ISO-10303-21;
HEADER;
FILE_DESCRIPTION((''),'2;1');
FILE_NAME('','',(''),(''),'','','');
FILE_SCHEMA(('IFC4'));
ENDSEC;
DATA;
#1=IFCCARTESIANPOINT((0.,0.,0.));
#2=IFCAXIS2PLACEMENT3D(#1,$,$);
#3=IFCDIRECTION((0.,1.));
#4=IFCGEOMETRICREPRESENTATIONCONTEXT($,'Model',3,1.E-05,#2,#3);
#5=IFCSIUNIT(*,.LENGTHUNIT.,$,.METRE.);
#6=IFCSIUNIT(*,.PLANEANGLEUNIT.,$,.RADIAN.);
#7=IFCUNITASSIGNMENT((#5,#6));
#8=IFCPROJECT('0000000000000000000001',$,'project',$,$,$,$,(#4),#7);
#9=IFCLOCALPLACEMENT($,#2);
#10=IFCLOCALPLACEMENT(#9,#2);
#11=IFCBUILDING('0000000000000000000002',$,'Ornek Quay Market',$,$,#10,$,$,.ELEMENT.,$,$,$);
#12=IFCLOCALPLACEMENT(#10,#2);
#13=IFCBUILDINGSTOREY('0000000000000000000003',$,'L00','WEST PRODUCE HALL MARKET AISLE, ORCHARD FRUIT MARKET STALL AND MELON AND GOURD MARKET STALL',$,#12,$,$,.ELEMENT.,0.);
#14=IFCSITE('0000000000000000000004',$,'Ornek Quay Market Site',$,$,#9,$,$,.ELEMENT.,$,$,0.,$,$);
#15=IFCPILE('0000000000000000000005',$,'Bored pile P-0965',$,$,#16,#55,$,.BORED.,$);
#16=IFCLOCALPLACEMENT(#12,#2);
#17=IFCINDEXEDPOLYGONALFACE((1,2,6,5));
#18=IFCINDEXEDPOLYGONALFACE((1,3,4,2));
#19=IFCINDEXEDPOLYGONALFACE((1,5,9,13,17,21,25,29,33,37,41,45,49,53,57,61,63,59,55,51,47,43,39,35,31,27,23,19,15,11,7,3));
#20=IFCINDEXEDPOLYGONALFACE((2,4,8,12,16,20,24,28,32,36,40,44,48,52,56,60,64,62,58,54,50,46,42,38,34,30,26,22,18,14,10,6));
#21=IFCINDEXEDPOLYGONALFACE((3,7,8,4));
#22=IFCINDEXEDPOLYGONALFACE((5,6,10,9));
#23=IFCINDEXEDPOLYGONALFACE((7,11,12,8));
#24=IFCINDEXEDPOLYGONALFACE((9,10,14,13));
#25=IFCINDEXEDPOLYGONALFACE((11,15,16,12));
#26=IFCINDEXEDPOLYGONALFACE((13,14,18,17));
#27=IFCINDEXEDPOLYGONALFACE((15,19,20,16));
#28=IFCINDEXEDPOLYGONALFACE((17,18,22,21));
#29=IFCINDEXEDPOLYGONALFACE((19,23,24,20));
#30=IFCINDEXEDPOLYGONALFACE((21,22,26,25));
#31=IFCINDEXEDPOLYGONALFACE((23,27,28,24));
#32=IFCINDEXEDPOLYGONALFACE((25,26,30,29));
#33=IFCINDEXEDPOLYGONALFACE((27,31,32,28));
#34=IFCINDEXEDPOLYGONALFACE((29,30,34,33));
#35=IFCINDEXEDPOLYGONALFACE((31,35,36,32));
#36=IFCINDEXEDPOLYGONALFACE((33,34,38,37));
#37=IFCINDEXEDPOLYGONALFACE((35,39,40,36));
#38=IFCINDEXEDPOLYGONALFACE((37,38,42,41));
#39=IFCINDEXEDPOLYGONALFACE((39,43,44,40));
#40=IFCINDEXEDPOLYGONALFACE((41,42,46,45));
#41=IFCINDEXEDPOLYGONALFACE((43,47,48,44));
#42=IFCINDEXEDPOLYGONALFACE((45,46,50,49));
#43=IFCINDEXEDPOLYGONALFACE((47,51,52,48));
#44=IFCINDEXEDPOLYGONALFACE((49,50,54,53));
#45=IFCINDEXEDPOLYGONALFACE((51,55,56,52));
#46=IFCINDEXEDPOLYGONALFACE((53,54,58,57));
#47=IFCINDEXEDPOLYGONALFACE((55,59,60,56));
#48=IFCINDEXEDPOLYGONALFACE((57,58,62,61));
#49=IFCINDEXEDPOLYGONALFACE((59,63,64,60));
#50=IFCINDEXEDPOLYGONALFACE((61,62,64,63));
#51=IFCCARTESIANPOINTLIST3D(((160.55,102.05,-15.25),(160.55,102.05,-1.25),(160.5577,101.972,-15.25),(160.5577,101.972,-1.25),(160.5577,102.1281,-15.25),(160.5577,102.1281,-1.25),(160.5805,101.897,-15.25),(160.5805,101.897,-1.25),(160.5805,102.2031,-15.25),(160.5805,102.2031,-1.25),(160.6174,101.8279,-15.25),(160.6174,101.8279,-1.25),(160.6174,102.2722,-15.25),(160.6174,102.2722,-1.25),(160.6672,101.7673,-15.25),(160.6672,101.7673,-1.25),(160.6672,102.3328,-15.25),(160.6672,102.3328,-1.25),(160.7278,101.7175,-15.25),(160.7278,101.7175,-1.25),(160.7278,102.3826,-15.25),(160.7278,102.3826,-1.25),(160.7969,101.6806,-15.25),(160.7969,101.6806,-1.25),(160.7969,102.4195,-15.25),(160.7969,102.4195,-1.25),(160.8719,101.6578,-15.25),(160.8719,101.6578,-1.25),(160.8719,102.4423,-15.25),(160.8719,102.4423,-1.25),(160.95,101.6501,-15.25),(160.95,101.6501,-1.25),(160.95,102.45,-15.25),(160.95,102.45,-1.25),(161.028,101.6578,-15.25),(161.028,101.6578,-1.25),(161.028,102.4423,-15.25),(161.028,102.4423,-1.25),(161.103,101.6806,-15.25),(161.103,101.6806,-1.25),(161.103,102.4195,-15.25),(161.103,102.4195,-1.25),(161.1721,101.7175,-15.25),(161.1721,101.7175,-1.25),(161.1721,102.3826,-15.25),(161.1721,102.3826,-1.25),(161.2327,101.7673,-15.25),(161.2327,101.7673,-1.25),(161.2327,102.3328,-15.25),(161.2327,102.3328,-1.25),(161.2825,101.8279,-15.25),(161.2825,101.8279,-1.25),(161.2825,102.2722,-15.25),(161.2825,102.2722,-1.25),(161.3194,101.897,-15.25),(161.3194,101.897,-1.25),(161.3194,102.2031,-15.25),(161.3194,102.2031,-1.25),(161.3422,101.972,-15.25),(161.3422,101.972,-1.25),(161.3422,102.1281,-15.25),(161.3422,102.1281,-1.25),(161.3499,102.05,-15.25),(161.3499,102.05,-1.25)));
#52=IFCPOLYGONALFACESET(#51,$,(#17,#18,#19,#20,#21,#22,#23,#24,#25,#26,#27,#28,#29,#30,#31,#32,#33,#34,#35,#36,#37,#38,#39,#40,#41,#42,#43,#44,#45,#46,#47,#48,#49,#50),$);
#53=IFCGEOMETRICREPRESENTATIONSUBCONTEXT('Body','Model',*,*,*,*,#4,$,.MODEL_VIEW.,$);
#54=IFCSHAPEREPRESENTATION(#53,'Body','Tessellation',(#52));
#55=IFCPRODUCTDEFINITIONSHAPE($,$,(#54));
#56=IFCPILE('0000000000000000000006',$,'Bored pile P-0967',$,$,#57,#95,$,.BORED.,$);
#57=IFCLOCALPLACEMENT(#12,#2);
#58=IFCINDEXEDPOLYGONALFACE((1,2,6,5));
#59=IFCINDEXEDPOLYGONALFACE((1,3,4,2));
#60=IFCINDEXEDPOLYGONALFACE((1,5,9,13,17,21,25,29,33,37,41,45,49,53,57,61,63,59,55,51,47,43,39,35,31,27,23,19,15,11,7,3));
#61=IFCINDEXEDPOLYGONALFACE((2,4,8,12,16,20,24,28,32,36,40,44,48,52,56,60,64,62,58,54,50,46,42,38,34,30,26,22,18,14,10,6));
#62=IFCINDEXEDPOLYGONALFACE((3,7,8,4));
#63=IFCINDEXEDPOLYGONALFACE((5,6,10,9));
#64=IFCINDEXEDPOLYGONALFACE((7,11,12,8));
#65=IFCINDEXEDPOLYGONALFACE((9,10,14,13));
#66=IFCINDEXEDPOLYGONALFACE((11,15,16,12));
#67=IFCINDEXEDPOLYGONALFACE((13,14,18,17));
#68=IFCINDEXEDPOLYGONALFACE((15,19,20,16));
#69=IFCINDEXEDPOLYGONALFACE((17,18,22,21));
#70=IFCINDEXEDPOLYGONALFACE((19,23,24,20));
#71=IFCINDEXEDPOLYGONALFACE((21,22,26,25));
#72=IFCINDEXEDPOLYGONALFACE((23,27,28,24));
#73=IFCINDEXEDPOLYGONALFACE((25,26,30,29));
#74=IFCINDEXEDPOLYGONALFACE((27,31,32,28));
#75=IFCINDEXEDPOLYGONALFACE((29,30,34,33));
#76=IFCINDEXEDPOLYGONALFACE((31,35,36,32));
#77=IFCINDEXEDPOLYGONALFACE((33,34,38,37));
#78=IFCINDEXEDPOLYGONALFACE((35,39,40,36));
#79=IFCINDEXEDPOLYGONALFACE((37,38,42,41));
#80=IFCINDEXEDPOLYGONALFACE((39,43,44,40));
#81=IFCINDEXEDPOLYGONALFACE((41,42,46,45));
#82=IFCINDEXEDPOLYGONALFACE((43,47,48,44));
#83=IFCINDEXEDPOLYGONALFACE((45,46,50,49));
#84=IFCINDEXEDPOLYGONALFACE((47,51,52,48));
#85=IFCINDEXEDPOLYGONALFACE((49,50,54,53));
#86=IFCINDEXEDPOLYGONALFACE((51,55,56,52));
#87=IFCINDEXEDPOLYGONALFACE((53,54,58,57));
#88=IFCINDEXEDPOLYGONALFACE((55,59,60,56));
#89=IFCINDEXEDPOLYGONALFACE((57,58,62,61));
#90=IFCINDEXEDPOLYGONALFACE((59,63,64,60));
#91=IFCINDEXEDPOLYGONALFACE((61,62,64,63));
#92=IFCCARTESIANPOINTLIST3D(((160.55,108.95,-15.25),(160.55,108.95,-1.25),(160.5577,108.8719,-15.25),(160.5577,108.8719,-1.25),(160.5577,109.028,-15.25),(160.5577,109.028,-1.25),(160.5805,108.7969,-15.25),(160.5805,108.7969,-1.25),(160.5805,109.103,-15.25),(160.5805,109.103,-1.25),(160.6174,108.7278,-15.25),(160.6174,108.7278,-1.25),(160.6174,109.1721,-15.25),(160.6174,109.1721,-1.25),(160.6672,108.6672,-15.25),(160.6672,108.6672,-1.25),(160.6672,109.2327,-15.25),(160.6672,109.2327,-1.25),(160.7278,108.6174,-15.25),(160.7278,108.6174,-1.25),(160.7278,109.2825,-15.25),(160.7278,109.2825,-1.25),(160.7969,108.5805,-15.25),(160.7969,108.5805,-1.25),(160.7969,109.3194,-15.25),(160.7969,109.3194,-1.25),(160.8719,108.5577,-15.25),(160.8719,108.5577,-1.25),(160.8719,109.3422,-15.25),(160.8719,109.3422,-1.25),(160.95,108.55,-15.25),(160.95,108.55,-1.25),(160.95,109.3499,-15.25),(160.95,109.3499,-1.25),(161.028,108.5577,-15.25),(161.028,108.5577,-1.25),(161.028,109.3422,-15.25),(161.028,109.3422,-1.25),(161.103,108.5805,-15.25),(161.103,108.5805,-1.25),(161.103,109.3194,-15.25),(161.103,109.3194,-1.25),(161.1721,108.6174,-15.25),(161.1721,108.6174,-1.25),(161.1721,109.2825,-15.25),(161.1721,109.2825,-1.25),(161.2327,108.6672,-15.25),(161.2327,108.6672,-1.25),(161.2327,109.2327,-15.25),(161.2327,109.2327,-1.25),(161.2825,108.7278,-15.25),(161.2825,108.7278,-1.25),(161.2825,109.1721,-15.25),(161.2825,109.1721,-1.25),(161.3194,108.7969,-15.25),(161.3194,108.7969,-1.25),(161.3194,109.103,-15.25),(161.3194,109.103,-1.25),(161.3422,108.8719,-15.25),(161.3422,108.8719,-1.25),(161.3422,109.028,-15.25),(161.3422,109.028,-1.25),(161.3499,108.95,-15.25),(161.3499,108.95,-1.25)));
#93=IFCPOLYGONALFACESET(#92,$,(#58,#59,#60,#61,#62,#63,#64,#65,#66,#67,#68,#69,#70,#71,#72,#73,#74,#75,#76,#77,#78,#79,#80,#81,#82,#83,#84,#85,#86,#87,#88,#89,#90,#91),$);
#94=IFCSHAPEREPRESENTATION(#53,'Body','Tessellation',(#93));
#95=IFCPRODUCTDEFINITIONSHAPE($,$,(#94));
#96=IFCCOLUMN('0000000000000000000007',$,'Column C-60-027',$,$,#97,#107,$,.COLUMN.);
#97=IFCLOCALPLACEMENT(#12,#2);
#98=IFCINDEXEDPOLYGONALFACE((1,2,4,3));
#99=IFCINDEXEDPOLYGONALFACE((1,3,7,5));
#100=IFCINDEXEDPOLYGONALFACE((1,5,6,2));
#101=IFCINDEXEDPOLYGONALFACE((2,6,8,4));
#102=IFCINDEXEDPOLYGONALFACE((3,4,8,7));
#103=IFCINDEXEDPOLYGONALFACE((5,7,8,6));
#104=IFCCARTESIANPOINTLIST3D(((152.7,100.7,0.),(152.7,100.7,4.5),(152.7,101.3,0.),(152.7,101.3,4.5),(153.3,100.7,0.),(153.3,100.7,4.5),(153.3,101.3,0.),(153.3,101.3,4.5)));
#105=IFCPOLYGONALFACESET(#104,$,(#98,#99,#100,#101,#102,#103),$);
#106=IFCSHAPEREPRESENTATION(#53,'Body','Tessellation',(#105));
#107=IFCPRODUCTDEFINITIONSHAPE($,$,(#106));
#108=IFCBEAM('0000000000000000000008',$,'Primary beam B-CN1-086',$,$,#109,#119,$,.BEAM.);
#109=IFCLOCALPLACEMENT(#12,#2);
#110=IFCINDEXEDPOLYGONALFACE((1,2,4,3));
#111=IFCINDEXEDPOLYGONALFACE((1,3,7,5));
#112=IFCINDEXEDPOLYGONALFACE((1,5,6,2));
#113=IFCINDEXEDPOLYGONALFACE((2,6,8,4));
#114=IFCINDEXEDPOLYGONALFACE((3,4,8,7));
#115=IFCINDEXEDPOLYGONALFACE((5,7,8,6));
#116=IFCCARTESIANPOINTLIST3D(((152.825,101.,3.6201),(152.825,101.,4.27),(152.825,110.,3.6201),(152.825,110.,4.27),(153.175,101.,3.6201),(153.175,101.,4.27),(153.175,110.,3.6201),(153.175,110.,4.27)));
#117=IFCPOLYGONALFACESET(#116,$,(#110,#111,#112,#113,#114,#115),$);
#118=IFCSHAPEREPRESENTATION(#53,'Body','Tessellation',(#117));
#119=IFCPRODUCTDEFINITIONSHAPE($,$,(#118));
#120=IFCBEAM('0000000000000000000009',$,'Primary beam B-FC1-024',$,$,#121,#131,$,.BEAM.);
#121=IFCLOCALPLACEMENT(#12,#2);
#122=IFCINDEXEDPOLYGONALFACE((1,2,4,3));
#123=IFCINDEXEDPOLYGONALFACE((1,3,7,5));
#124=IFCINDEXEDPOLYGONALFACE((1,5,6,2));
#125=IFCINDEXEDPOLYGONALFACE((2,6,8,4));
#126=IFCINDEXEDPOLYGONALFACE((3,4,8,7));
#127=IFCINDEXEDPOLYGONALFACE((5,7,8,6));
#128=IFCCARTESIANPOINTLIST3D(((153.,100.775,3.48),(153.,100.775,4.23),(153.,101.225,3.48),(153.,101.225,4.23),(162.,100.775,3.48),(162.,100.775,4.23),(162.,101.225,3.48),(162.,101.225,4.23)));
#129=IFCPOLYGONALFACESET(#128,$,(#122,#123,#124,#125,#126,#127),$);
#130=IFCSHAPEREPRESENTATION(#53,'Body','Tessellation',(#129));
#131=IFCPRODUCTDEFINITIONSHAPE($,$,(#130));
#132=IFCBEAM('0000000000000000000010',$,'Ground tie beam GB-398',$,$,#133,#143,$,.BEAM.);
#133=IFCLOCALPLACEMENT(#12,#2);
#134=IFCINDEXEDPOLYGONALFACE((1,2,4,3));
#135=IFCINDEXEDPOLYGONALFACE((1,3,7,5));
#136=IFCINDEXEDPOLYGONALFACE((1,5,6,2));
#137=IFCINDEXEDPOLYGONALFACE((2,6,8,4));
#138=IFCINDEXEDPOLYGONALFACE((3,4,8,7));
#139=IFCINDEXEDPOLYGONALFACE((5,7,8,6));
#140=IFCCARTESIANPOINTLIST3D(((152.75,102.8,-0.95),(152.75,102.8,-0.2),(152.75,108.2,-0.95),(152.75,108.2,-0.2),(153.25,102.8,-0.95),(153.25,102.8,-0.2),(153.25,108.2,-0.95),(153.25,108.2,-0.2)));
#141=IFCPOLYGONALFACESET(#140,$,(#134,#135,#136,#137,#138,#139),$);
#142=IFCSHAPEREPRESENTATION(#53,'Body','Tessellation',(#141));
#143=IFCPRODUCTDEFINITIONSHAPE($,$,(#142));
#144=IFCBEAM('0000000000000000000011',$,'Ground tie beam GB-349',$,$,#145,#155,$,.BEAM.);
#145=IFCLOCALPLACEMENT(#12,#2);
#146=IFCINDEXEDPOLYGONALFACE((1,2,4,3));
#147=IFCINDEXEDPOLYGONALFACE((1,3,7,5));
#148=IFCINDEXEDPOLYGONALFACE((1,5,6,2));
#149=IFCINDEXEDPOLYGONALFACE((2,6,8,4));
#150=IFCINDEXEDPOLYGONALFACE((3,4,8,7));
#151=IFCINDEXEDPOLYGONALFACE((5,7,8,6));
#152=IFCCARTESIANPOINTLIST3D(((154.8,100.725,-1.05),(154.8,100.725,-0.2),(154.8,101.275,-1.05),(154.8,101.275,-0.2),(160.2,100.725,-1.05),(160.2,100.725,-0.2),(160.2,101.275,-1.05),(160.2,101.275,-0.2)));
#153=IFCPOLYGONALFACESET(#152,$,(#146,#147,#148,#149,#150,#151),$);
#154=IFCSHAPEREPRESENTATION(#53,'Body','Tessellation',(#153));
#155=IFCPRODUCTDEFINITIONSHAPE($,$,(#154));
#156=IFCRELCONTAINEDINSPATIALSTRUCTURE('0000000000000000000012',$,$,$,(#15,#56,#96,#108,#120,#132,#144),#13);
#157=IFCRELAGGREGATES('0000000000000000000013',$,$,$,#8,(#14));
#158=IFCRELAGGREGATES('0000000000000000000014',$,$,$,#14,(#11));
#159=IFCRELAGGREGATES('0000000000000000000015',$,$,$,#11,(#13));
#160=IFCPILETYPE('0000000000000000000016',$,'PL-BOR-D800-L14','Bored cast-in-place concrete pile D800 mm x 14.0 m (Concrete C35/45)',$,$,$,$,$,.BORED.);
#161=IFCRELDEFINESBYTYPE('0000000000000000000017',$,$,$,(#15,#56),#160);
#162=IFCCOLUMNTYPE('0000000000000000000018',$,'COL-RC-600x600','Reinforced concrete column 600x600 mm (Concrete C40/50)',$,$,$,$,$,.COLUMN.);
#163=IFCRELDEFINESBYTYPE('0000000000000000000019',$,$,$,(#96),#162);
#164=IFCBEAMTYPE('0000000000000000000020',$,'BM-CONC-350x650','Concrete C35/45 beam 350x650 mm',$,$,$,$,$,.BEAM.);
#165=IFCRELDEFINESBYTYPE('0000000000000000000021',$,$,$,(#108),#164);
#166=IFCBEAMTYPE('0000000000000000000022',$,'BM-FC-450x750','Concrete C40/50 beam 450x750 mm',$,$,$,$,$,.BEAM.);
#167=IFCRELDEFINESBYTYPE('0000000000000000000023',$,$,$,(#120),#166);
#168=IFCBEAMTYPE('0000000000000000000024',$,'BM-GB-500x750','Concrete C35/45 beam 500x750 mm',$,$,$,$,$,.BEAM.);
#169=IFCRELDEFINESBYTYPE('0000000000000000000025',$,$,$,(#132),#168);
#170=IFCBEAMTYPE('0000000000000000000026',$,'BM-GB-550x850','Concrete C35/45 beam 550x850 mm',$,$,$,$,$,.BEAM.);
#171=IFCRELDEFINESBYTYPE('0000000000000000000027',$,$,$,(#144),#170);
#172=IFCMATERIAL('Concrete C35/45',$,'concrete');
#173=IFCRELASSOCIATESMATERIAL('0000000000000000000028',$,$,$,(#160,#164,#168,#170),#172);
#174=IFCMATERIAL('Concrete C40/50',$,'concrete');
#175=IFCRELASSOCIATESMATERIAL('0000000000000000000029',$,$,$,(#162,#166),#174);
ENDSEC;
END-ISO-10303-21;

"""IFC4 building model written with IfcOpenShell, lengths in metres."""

from ifc_helpers import new_model, si_unit, direction, frame, origin, origin_2d, place, context, subcontext, project, spatial, rectangle, circle, extrude, material, material_profile, profile_set, type_object, element, save


model = new_model("IFC4")

# Units and contexts
model_context = context("Model", 3, precision=1e-05, world=origin(), true_north=direction((0.0, 1.0)))
body_context = subcontext(model_context, "Body", "Model", "MODEL_VIEW")
ifc_project = project(units=[si_unit("LENGTHUNIT", "METRE"), si_unit("PLANEANGLEUNIT", "RADIAN")], contexts=[model_context])

# Site, building, storey
site_placement = place(None, origin())
site = spatial("IfcSite", under=ifc_project, at=site_placement, Name="Ornek Quay Market Site", CompositionType="ELEMENT", RefElevation=0.0)
building_placement = place(site_placement, origin())
building = spatial("IfcBuilding", under=site, at=building_placement, Name="Ornek Quay Market", CompositionType="ELEMENT")
storey_placement = place(building_placement, origin())
storey = spatial("IfcBuildingStorey", under=building, at=storey_placement, Name="L00", Description="WEST PRODUCE HALL MARKET AISLE, ORCHARD FRUIT MARKET STALL AND MELON AND GOURD MARKET STALL", CompositionType="ELEMENT", Elevation=0.0)

# Piles
ifc_material_1 = material(Name="Concrete C35/45", Category="concrete")
ifc_material_profile_1 = material_profile(ifc_material_1, circle(Radius=0.3999, at=origin_2d()), Name="PILE D800", Category="concrete")
ifc_profile_set_1 = profile_set([ifc_material_profile_1], Name="Concrete C35/45")
pile_type = type_object("IfcPileType", Name="PL-BOR-D800-L14", Description="Bored cast-in-place concrete pile D800 mm x 14.0 m (Concrete C35/45)", PredefinedType="BORED", material=ifc_profile_set_1)
for number, where, z_axis, x_axis, name in (
    (1, (160.95, 102.05, -1.25), (0.0, 0.0, -1.0), (1.0, 0.0, 0.0), "Bored pile P-0965"),
    (2, (160.95, 108.95, -1.25), (0.0, 0.0, -1.0), (1.0, 0.0, 0.0), "Bored pile P-0967"),
):
    element("IfcPile", number, at=place(storey_placement, frame(where, z_axis=z_axis, x_axis=x_axis)), inside=storey, type_object=pile_type, Name=name, PredefinedType="BORED", context=body_context, shape_type="SweptSolid", body=[
        extrude(circle(Radius=0.3999, at=origin_2d()), origin(), (0.0, 0.0, 1.0), 14.0),
    ])

# Column
ifc_material_2 = material(Name="Concrete C40/50", Category="concrete")
ifc_material_profile_2 = material_profile(ifc_material_2, rectangle(XDim=0.6001, YDim=0.6001, at=origin_2d()), Name="RC 600x600", Category="concrete")
ifc_profile_set_2 = profile_set([ifc_material_profile_2], Name="Concrete C40/50")
column_type = type_object("IfcColumnType", Name="COL-RC-600x600", Description="Reinforced concrete column 600x600 mm (Concrete C40/50)", PredefinedType="COLUMN", material=ifc_profile_set_2)
column_placement = place(storey_placement, frame((153.0, 101.0, 0.0), z_axis=(0.0, 0.0, 1.0), x_axis=(1.0, 0.0, 0.0)))
element("IfcColumn", 3, at=column_placement, inside=storey, type_object=column_type, Name="Column C-60-027", PredefinedType="COLUMN", context=body_context, shape_type="SweptSolid", body=[
    extrude(rectangle(XDim=0.6001, YDim=0.6001, at=origin_2d()), origin(), (0.0, 0.0, 1.0), 4.5),
])

# Beams
ifc_material_profile_3 = material_profile(ifc_material_1, rectangle(XDim=0.3501, YDim=0.6499, at=origin_2d()), Name="RC 350x650", Category="concrete")
ifc_profile_set_3 = profile_set([ifc_material_profile_3], Name="Concrete C35/45")
beam_type_1 = type_object("IfcBeamType", Name="BM-CONC-350x650", Description="Concrete C35/45 beam 350x650 mm", PredefinedType="BEAM", material=ifc_profile_set_3)
beam_1_placement = place(storey_placement, frame((153.0, 101.0, 3.9451), z_axis=(0.0, 1.0, 0.0), x_axis=(-1.0, 0.0, 0.0)))
element("IfcBeam", 4, at=beam_1_placement, inside=storey, type_object=beam_type_1, Name="Primary beam B-CN1-086", PredefinedType="BEAM", context=body_context, shape_type="SweptSolid", body=[
    extrude(rectangle(XDim=0.3501, YDim=0.6499, at=origin_2d()), origin(), (0.0, 0.0, 1.0), 9.0),
])
ifc_material_profile_4 = material_profile(ifc_material_2, rectangle(XDim=0.45, YDim=0.75, at=origin_2d()), Name="RC 450x750", Category="concrete")
ifc_profile_set_4 = profile_set([ifc_material_profile_4], Name="Concrete C40/50")
beam_type_2 = type_object("IfcBeamType", Name="BM-FC-450x750", Description="Concrete C40/50 beam 450x750 mm", PredefinedType="BEAM", material=ifc_profile_set_4)
beam_2_placement = place(storey_placement, frame((153.0, 101.0, 3.855), z_axis=(1.0, 0.0, 0.0), x_axis=(0.0, 1.0, 0.0)))
element("IfcBeam", 5, at=beam_2_placement, inside=storey, type_object=beam_type_2, Name="Primary beam B-FC1-024", PredefinedType="BEAM", context=body_context, shape_type="SweptSolid", body=[
    extrude(rectangle(XDim=0.45, YDim=0.75, at=origin_2d()), origin(), (0.0, 0.0, 1.0), 9.0),
])
ifc_material_profile_5 = material_profile(ifc_material_1, rectangle(XDim=0.5, YDim=0.75, at=origin_2d()), Name="RC 500x750", Category="concrete")
ifc_profile_set_5 = profile_set([ifc_material_profile_5], Name="Concrete C35/45")
beam_type_3 = type_object("IfcBeamType", Name="BM-GB-500x750", Description="Concrete C35/45 beam 500x750 mm", PredefinedType="BEAM", material=ifc_profile_set_5)
beam_3_placement = place(storey_placement, frame((153.0, 102.8, -0.575), z_axis=(0.0, 1.0, 0.0), x_axis=(-1.0, 0.0, 0.0)))
element("IfcBeam", 6, at=beam_3_placement, inside=storey, type_object=beam_type_3, Name="Ground tie beam GB-398", PredefinedType="BEAM", context=body_context, shape_type="SweptSolid", body=[
    extrude(rectangle(XDim=0.5, YDim=0.75, at=origin_2d()), origin(), (0.0, 0.0, 1.0), 5.3999),
])
ifc_material_profile_6 = material_profile(ifc_material_1, rectangle(XDim=0.55, YDim=0.8501, at=origin_2d()), Name="RC 550x850", Category="concrete")
ifc_profile_set_6 = profile_set([ifc_material_profile_6], Name="Concrete C35/45")
beam_type_4 = type_object("IfcBeamType", Name="BM-GB-550x850", Description="Concrete C35/45 beam 550x850 mm", PredefinedType="BEAM", material=ifc_profile_set_6)
beam_4_placement = place(storey_placement, frame((154.8, 101.0, -0.625), z_axis=(1.0, 0.0, 0.0), x_axis=(0.0, 1.0, 0.0)))
element("IfcBeam", 7, at=beam_4_placement, inside=storey, type_object=beam_type_4, Name="Ground tie beam GB-349", PredefinedType="BEAM", context=body_context, shape_type="SweptSolid", body=[
    extrude(rectangle(XDim=0.55, YDim=0.8501, at=origin_2d()), origin(), (0.0, 0.0, 1.0), 5.3999),
])

save(model, "model.ifc")
